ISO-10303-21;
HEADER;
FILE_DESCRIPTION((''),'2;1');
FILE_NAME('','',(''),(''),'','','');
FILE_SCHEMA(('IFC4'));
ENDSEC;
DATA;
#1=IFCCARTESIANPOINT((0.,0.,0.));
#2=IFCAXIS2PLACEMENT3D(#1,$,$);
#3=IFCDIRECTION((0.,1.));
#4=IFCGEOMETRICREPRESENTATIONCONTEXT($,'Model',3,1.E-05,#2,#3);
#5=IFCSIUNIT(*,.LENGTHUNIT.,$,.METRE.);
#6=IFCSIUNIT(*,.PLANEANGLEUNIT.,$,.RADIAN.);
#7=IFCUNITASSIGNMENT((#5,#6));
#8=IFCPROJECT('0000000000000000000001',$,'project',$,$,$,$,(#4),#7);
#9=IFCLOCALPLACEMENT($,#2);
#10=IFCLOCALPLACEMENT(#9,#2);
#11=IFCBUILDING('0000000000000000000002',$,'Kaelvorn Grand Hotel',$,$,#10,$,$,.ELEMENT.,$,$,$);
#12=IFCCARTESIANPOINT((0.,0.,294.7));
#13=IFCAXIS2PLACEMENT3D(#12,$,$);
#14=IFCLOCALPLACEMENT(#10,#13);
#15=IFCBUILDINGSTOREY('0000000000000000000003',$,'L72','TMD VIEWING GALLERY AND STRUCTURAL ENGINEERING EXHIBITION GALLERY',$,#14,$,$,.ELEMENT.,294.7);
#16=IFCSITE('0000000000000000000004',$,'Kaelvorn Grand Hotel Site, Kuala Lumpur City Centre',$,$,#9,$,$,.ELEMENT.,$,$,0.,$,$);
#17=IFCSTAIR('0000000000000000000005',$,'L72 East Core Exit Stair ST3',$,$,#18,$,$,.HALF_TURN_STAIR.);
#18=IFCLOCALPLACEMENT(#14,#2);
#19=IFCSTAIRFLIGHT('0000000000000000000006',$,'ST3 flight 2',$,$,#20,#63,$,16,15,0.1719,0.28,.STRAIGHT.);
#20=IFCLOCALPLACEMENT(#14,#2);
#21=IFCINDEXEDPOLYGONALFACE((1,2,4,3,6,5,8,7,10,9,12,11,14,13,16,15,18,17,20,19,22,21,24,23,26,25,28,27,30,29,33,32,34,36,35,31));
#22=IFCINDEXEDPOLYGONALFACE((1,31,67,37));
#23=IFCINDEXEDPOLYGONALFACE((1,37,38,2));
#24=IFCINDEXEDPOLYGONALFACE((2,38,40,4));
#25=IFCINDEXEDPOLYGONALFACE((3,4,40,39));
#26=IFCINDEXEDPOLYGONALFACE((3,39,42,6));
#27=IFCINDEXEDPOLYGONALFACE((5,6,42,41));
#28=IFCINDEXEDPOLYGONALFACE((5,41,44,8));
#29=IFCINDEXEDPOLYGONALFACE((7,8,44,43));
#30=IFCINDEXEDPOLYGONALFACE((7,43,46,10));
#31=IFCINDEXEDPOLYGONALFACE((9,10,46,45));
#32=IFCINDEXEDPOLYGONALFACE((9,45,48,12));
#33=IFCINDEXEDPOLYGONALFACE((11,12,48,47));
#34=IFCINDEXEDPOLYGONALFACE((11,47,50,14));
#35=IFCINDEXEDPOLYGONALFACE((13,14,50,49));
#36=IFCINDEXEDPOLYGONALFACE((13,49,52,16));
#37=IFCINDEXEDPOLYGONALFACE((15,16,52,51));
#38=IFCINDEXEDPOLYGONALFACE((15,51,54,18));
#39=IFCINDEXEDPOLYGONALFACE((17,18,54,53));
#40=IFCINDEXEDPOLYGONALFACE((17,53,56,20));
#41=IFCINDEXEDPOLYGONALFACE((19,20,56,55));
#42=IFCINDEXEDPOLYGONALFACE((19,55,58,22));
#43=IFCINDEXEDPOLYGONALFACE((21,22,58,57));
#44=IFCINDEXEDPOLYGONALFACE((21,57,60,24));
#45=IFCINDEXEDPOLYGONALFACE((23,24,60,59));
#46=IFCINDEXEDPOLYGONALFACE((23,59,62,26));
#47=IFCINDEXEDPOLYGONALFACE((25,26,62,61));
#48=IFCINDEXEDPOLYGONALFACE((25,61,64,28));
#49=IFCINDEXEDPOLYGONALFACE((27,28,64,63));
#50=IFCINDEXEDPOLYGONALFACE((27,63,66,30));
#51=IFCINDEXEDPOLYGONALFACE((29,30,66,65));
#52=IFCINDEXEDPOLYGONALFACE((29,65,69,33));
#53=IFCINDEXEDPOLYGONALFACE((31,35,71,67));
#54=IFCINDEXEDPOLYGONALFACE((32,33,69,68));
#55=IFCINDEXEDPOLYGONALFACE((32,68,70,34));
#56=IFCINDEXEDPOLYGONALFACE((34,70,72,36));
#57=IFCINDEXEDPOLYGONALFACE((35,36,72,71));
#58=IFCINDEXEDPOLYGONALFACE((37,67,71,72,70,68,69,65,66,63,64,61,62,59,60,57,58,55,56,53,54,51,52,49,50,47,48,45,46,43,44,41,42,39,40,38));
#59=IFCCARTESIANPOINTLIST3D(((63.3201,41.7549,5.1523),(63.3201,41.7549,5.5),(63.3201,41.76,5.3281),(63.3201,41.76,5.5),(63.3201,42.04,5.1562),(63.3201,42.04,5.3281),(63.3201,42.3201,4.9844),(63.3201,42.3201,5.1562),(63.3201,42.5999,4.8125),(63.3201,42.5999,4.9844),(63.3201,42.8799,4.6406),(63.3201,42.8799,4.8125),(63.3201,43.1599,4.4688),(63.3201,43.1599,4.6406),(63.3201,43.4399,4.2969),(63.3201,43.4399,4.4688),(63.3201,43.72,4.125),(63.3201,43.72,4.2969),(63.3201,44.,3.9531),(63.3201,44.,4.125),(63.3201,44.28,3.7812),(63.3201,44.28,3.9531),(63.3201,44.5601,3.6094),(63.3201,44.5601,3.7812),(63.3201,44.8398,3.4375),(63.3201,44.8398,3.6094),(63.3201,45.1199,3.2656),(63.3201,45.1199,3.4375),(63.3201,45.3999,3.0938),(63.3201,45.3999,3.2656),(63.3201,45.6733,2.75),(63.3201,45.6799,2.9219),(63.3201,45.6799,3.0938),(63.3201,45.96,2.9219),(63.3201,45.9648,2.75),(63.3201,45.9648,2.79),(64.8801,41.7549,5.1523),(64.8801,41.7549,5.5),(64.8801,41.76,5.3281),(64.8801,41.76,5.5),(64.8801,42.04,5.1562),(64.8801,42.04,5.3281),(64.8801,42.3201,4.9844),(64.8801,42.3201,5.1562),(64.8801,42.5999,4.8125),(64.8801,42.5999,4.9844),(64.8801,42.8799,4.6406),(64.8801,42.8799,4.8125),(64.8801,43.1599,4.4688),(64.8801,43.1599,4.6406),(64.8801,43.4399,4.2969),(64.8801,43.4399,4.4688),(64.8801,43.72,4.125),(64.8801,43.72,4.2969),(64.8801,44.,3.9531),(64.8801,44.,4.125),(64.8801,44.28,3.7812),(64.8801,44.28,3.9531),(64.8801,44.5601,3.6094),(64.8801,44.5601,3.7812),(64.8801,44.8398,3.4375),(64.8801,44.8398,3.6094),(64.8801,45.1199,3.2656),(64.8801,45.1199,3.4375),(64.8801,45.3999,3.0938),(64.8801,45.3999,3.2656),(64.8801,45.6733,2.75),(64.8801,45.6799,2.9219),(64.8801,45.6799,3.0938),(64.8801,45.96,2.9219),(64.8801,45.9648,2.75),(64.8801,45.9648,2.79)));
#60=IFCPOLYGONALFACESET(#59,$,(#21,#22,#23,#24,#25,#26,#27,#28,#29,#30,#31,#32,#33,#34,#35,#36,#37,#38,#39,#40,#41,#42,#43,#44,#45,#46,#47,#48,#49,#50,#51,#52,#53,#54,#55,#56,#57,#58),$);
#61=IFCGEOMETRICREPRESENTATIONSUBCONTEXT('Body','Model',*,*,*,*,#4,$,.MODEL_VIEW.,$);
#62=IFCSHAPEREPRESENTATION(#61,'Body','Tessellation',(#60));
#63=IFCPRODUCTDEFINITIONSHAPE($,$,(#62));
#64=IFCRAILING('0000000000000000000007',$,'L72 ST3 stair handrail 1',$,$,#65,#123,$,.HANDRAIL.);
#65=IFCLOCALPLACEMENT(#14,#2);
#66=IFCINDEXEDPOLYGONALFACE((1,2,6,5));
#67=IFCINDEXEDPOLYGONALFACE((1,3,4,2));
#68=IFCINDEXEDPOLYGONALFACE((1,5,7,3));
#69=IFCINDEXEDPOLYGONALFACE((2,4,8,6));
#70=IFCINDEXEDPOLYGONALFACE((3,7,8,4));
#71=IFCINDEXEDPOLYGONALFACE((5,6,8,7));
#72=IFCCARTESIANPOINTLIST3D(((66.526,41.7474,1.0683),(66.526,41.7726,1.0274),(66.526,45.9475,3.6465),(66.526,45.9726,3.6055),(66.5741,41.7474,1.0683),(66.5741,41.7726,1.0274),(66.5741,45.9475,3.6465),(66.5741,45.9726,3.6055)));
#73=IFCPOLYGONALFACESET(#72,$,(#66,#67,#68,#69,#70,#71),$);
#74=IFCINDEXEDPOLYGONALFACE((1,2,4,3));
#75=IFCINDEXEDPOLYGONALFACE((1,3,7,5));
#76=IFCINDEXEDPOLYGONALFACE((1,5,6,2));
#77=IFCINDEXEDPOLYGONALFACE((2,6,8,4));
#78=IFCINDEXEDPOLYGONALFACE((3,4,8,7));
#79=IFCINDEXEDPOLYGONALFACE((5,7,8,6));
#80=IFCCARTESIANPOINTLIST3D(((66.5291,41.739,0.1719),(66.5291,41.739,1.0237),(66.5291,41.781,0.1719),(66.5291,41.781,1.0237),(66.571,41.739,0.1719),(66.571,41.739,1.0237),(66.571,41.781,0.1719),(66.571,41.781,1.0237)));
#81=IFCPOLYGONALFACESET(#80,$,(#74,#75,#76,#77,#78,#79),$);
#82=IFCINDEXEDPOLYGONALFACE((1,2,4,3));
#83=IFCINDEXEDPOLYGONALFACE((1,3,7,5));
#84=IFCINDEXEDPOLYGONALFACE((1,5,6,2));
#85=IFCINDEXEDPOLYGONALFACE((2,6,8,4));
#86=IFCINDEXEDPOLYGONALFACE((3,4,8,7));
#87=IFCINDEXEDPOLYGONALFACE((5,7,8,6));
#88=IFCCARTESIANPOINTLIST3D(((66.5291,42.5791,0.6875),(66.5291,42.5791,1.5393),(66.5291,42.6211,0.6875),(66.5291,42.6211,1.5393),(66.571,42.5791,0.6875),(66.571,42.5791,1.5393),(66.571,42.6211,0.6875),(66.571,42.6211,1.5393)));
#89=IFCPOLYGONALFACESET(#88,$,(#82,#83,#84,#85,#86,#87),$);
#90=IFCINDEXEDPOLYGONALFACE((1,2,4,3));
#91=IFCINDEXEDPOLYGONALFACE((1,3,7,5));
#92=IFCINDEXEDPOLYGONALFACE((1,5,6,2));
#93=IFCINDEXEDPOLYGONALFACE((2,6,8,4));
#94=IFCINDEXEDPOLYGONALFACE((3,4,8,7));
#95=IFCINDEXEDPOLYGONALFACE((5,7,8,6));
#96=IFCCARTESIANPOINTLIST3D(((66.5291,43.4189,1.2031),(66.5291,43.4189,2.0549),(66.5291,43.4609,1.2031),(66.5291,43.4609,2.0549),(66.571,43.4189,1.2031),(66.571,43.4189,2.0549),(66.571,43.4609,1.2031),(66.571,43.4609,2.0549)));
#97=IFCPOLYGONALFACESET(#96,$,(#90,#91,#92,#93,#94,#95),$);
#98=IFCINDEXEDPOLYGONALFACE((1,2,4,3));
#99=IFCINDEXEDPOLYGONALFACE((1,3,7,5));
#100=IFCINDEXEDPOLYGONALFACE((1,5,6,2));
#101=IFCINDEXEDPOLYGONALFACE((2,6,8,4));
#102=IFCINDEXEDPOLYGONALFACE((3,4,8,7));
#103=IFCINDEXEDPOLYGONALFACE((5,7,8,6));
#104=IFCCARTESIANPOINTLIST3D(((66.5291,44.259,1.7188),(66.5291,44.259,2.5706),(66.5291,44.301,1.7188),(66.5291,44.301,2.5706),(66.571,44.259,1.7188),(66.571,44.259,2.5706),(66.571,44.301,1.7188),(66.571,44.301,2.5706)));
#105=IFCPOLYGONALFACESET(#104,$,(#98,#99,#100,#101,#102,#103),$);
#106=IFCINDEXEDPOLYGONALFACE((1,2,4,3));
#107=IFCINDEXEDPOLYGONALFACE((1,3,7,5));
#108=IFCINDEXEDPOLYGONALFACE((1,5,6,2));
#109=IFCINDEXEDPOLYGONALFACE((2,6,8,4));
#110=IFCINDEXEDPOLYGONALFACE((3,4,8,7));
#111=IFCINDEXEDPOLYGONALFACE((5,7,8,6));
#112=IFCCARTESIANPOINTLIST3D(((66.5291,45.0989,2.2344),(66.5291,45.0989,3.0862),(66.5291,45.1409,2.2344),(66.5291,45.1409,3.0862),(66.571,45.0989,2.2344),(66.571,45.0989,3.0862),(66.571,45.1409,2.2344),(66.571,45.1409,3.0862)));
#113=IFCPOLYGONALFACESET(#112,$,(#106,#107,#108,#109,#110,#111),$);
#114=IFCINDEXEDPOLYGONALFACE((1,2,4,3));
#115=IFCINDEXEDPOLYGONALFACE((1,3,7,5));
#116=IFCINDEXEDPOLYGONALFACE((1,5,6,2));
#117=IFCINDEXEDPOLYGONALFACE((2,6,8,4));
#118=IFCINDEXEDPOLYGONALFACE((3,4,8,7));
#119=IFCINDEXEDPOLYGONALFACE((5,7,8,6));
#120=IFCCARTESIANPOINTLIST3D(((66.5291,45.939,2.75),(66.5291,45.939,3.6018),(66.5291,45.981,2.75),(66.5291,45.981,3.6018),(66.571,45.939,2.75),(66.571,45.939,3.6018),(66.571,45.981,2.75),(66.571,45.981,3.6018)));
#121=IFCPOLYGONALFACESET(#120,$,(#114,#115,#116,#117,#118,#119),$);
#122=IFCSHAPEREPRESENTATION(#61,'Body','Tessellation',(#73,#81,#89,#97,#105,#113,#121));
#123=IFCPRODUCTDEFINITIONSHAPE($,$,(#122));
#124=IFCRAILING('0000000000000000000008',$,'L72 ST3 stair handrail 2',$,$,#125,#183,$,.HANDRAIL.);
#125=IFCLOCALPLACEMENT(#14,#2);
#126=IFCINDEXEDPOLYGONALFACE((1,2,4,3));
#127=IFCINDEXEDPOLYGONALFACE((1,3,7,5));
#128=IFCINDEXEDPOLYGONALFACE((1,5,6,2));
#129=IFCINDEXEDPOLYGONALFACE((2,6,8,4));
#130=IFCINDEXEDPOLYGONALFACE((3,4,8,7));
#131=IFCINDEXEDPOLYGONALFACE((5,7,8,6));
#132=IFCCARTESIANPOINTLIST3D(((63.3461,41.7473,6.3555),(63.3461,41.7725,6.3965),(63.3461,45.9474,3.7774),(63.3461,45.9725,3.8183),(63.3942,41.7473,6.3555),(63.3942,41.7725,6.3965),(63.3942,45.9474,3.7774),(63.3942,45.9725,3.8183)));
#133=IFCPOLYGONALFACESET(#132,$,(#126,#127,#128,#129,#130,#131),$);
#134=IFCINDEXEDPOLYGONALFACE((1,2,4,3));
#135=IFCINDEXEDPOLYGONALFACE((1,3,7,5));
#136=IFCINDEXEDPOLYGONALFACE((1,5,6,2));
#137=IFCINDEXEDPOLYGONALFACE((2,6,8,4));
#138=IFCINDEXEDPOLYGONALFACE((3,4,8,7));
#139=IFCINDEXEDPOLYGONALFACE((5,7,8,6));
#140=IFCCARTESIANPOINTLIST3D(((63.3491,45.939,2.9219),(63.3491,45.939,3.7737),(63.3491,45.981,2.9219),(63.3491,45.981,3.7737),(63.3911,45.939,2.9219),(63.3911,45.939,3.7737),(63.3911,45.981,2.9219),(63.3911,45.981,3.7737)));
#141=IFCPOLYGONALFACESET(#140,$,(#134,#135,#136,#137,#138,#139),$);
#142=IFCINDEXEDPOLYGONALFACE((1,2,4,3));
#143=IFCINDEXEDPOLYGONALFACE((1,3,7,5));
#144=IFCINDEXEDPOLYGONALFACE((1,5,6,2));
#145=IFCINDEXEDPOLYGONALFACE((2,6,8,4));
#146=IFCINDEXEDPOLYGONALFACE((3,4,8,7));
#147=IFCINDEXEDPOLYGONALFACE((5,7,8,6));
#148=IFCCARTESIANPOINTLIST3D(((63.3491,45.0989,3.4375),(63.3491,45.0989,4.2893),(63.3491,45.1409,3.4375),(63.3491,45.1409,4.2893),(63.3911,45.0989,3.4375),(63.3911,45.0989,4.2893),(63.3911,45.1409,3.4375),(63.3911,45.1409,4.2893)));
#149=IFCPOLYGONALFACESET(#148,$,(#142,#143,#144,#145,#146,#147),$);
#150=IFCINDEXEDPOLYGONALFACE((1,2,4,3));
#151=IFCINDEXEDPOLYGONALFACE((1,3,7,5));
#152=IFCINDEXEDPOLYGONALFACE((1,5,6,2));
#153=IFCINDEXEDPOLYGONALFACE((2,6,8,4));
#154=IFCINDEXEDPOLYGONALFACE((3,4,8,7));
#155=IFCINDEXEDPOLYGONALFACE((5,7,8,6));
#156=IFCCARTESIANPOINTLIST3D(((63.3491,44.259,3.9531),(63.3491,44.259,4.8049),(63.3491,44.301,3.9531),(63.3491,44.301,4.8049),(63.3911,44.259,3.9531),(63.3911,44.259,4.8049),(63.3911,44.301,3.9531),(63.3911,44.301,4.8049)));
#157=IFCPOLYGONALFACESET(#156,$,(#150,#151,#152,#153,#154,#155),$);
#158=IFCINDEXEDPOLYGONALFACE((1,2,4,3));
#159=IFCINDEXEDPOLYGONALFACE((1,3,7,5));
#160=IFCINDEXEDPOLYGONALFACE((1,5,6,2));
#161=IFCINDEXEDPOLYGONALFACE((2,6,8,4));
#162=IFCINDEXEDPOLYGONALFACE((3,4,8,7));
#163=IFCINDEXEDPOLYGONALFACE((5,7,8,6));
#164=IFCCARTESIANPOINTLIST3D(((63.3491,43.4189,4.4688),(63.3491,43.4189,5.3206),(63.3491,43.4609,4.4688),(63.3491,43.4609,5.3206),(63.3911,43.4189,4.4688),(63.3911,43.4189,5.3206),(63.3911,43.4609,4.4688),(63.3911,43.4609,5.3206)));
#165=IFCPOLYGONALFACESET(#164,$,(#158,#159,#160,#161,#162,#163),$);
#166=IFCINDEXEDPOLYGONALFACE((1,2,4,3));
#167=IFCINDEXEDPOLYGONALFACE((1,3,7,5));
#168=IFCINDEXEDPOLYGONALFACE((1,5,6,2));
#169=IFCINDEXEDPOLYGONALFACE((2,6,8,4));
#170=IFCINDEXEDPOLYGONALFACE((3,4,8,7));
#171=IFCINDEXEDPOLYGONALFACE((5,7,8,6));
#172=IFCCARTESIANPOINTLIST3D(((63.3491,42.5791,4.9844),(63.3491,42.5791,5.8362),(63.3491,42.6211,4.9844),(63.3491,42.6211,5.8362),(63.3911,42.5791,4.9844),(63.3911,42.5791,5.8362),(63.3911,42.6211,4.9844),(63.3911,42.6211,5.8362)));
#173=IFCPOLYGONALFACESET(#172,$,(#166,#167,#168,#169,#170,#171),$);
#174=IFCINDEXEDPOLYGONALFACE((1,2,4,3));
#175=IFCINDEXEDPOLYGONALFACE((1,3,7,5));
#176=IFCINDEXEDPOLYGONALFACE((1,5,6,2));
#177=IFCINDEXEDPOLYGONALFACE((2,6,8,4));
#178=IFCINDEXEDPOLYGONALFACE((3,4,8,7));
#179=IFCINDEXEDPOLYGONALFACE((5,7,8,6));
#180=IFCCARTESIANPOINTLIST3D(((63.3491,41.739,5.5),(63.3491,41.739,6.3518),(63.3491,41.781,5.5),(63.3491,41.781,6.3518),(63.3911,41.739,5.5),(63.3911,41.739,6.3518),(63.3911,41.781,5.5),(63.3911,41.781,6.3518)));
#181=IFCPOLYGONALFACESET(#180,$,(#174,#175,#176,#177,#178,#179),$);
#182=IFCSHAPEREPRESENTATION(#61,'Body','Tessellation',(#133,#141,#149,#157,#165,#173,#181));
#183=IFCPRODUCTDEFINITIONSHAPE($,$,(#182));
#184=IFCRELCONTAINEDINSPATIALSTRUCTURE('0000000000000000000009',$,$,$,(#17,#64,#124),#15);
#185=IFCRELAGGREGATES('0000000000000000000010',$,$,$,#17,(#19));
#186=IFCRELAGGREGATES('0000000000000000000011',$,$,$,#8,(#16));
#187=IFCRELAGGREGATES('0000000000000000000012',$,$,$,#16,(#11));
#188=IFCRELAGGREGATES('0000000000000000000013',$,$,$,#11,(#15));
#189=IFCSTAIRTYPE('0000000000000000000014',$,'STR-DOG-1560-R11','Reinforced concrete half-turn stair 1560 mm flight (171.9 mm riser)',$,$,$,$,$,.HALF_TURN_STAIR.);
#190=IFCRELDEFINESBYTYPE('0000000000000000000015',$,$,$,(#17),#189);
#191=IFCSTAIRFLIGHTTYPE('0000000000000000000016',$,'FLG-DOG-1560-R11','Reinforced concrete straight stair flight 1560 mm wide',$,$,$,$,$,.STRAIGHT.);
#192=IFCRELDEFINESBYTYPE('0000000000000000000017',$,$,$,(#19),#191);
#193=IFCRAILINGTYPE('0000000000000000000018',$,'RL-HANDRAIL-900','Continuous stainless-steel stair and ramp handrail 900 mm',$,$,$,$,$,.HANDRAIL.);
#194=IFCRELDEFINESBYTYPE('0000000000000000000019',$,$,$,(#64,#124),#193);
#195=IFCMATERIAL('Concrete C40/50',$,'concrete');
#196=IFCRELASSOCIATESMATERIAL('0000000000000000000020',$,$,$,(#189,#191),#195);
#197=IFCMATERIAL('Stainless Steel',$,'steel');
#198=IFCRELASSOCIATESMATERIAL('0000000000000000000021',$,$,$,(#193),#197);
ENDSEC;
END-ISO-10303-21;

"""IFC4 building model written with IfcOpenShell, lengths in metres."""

from ifc_helpers import new_model, si_unit, direction, frame, origin, origin_2d, place, context, subcontext, project, spatial, polyline, rectangle, outline, extrude, material, type_object, element, aggregate, save


model = new_model("IFC4")

# Units and contexts
model_context = context("Model", 3, precision=1e-05, world=origin(), true_north=direction((0.0, 1.0)))
body_context = subcontext(model_context, "Body", "Model", "MODEL_VIEW")
ifc_project = project(units=[si_unit("LENGTHUNIT", "METRE"), si_unit("PLANEANGLEUNIT", "RADIAN")], contexts=[model_context])

# Site, building, storey
site_placement = place(None, origin())
site = spatial("IfcSite", under=ifc_project, at=site_placement, Name="Kaelvorn Grand Hotel Site, Kuala Lumpur City Centre", CompositionType="ELEMENT", RefElevation=0.0)
building_placement = place(site_placement, origin())
building = spatial("IfcBuilding", under=site, at=building_placement, Name="Kaelvorn Grand Hotel", CompositionType="ELEMENT")
storey_placement = place(building_placement, frame((0.0, 0.0, 294.7)))
storey = spatial("IfcBuildingStorey", under=building, at=storey_placement, Name="L72", Description="TMD VIEWING GALLERY AND STRUCTURAL ENGINEERING EXHIBITION GALLERY", CompositionType="ELEMENT", Elevation=294.7)

# Shared definitions
ifc_material_1 = material(Name="Concrete C40/50", Category="concrete")

# Shared definitions
ifc_material_2 = material(Name="Stainless Steel", Category="steel")

# Stair, stair flight
stair_type = type_object("IfcStairType", Name="STR-DOG-1560-R11", Description="Reinforced concrete half-turn stair 1560 mm flight (171.9 mm riser)", PredefinedType="HALF_TURN_STAIR", material=ifc_material_1)
stair_placement = place(storey_placement, origin())
stair = element("IfcStair", 1, at=stair_placement, inside=storey, type_object=stair_type, Name="L72 East Core Exit Stair ST3", PredefinedType="HALF_TURN_STAIR")
stair_flight_type = type_object("IfcStairFlightType", Name="FLG-DOG-1560-R11", Description="Reinforced concrete straight stair flight 1560 mm wide", PredefinedType="STRAIGHT", material=ifc_material_1)
stair_flight_1_placement = place(storey_placement, frame((64.1001, 45.96, 2.75), z_axis=(0.0, 0.0, 1.0), x_axis=(0.0, -1.0, 0.0)))
stair_flight_1 = element("IfcStairFlight", 2, at=stair_flight_1_placement, type_object=stair_flight_type, Name="ST3 flight 2", NumberOfRisers=16, NumberOfTreads=15, PredefinedType="STRAIGHT", RiserHeight=0.1719, TreadLength=0.28, context=body_context, shape_type="SweptSolid", body=[
    extrude(outline(polyline([(-0.0049, 0.0), (-0.0049, 0.04), (0.0, 0.1719), (0.28, 0.1719), (0.28, 0.3438), (0.5601, 0.3438), (0.5601, 0.5156), (0.8401, 0.5156), (0.8401, 0.6875), (1.1201, 0.6875), (1.1201, 0.8594), (1.3999, 0.8594), (1.3999, 1.0312), (1.6799, 1.0312), (1.6799, 1.2031), (1.96, 1.2031), (1.96, 1.375), (2.24, 1.375), (2.24, 1.5469), (2.52, 1.5469), (2.52, 1.7188), (2.8, 1.7188), (2.8, 1.8906), (3.0801, 1.8906), (3.0801, 2.0625), (3.3601, 2.0625), (3.3601, 2.2344), (3.6399, 2.2344), (3.6399, 2.4062), (3.9199, 2.4062), (3.9199, 2.5781), (4.2, 2.5781), (4.2, 2.75), (4.2051, 2.75), (4.2051, 2.4023), (0.2866, 0.0), (-0.0049, 0.0)])), frame((0.0, 0.78, 0.0), z_axis=(0.0, -1.0, 0.0), x_axis=(1.0, 0.0, 0.0)), (0.0, 0.0, 1.0), 1.5601),
])
aggregate(stair, [stair_flight_1])

# Railings
railing_type_1 = type_object("IfcRailingType", Name="RL-HANDRAIL-900", Description="Continuous stainless-steel stair and ramp handrail 900 mm", PredefinedType="HANDRAIL", material=ifc_material_2)
railing_1_placement = place(storey_placement, frame((66.55, 41.76, 0.1719)))
element("IfcRailing", 3, at=railing_1_placement, inside=storey, type_object=railing_type_1, Name="L72 ST3 stair handrail 1", PredefinedType="HANDRAIL", context=body_context, shape_type="SweptSolid", body=[
    extrude(rectangle(XDim=0.0481, YDim=0.0481, at=origin_2d()), frame((0.0, 0.0, 0.876), z_axis=(0.0, 0.852243, 0.523146), x_axis=(-1.0, 0.0, 0.0)), (0.0, 0.0, 1.0), 4.9282),
    extrude(rectangle(XDim=0.042, YDim=0.042, at=origin_2d()), origin(), (0.0, 0.0, 1.0), 0.8518),
    extrude(rectangle(XDim=0.042, YDim=0.042, at=origin_2d()), frame((0.0, 0.8401, 0.5156)), (0.0, 0.0, 1.0), 0.8518),
    extrude(rectangle(XDim=0.042, YDim=0.042, at=origin_2d()), frame((0.0, 1.6799, 1.0312)), (0.0, 0.0, 1.0), 0.8518),
    extrude(rectangle(XDim=0.042, YDim=0.042, at=origin_2d()), frame((0.0, 2.52, 1.5469)), (0.0, 0.0, 1.0), 0.8518),
    extrude(rectangle(XDim=0.042, YDim=0.042, at=origin_2d()), frame((0.0, 3.3599, 2.0625)), (0.0, 0.0, 1.0), 0.8518),
    extrude(rectangle(XDim=0.042, YDim=0.042, at=origin_2d()), frame((0.0, 4.2, 2.5781)), (0.0, 0.0, 1.0), 0.8518),
])
railing_2_placement = place(storey_placement, frame((63.3701, 45.96, 2.9219)))
element("IfcRailing", 4, at=railing_2_placement, inside=storey, type_object=railing_type_1, Name="L72 ST3 stair handrail 2", PredefinedType="HANDRAIL", context=body_context, shape_type="SweptSolid", body=[
    extrude(rectangle(XDim=0.0481, YDim=0.0481, at=origin_2d()), frame((0.0, 0.0, 0.876), z_axis=(0.0, -0.852243, 0.523146), x_axis=(1.0, 0.0, 0.0)), (0.0, 0.0, 1.0), 4.9282),
    extrude(rectangle(XDim=0.042, YDim=0.042, at=origin_2d()), origin(), (0.0, 0.0, 1.0), 0.8518),
    extrude(rectangle(XDim=0.042, YDim=0.042, at=origin_2d()), frame((0.0, -0.8401, 0.5156)), (0.0, 0.0, 1.0), 0.8518),
    extrude(rectangle(XDim=0.042, YDim=0.042, at=origin_2d()), frame((0.0, -1.6799, 1.0312)), (0.0, 0.0, 1.0), 0.8518),
    extrude(rectangle(XDim=0.042, YDim=0.042, at=origin_2d()), frame((0.0, -2.52, 1.5469)), (0.0, 0.0, 1.0), 0.8518),
    extrude(rectangle(XDim=0.042, YDim=0.042, at=origin_2d()), frame((0.0, -3.3599, 2.0625)), (0.0, 0.0, 1.0), 0.8518),
    extrude(rectangle(XDim=0.042, YDim=0.042, at=origin_2d()), frame((0.0, -4.2, 2.5781)), (0.0, 0.0, 1.0), 0.8518),
])

save(model, "model.ifc")
